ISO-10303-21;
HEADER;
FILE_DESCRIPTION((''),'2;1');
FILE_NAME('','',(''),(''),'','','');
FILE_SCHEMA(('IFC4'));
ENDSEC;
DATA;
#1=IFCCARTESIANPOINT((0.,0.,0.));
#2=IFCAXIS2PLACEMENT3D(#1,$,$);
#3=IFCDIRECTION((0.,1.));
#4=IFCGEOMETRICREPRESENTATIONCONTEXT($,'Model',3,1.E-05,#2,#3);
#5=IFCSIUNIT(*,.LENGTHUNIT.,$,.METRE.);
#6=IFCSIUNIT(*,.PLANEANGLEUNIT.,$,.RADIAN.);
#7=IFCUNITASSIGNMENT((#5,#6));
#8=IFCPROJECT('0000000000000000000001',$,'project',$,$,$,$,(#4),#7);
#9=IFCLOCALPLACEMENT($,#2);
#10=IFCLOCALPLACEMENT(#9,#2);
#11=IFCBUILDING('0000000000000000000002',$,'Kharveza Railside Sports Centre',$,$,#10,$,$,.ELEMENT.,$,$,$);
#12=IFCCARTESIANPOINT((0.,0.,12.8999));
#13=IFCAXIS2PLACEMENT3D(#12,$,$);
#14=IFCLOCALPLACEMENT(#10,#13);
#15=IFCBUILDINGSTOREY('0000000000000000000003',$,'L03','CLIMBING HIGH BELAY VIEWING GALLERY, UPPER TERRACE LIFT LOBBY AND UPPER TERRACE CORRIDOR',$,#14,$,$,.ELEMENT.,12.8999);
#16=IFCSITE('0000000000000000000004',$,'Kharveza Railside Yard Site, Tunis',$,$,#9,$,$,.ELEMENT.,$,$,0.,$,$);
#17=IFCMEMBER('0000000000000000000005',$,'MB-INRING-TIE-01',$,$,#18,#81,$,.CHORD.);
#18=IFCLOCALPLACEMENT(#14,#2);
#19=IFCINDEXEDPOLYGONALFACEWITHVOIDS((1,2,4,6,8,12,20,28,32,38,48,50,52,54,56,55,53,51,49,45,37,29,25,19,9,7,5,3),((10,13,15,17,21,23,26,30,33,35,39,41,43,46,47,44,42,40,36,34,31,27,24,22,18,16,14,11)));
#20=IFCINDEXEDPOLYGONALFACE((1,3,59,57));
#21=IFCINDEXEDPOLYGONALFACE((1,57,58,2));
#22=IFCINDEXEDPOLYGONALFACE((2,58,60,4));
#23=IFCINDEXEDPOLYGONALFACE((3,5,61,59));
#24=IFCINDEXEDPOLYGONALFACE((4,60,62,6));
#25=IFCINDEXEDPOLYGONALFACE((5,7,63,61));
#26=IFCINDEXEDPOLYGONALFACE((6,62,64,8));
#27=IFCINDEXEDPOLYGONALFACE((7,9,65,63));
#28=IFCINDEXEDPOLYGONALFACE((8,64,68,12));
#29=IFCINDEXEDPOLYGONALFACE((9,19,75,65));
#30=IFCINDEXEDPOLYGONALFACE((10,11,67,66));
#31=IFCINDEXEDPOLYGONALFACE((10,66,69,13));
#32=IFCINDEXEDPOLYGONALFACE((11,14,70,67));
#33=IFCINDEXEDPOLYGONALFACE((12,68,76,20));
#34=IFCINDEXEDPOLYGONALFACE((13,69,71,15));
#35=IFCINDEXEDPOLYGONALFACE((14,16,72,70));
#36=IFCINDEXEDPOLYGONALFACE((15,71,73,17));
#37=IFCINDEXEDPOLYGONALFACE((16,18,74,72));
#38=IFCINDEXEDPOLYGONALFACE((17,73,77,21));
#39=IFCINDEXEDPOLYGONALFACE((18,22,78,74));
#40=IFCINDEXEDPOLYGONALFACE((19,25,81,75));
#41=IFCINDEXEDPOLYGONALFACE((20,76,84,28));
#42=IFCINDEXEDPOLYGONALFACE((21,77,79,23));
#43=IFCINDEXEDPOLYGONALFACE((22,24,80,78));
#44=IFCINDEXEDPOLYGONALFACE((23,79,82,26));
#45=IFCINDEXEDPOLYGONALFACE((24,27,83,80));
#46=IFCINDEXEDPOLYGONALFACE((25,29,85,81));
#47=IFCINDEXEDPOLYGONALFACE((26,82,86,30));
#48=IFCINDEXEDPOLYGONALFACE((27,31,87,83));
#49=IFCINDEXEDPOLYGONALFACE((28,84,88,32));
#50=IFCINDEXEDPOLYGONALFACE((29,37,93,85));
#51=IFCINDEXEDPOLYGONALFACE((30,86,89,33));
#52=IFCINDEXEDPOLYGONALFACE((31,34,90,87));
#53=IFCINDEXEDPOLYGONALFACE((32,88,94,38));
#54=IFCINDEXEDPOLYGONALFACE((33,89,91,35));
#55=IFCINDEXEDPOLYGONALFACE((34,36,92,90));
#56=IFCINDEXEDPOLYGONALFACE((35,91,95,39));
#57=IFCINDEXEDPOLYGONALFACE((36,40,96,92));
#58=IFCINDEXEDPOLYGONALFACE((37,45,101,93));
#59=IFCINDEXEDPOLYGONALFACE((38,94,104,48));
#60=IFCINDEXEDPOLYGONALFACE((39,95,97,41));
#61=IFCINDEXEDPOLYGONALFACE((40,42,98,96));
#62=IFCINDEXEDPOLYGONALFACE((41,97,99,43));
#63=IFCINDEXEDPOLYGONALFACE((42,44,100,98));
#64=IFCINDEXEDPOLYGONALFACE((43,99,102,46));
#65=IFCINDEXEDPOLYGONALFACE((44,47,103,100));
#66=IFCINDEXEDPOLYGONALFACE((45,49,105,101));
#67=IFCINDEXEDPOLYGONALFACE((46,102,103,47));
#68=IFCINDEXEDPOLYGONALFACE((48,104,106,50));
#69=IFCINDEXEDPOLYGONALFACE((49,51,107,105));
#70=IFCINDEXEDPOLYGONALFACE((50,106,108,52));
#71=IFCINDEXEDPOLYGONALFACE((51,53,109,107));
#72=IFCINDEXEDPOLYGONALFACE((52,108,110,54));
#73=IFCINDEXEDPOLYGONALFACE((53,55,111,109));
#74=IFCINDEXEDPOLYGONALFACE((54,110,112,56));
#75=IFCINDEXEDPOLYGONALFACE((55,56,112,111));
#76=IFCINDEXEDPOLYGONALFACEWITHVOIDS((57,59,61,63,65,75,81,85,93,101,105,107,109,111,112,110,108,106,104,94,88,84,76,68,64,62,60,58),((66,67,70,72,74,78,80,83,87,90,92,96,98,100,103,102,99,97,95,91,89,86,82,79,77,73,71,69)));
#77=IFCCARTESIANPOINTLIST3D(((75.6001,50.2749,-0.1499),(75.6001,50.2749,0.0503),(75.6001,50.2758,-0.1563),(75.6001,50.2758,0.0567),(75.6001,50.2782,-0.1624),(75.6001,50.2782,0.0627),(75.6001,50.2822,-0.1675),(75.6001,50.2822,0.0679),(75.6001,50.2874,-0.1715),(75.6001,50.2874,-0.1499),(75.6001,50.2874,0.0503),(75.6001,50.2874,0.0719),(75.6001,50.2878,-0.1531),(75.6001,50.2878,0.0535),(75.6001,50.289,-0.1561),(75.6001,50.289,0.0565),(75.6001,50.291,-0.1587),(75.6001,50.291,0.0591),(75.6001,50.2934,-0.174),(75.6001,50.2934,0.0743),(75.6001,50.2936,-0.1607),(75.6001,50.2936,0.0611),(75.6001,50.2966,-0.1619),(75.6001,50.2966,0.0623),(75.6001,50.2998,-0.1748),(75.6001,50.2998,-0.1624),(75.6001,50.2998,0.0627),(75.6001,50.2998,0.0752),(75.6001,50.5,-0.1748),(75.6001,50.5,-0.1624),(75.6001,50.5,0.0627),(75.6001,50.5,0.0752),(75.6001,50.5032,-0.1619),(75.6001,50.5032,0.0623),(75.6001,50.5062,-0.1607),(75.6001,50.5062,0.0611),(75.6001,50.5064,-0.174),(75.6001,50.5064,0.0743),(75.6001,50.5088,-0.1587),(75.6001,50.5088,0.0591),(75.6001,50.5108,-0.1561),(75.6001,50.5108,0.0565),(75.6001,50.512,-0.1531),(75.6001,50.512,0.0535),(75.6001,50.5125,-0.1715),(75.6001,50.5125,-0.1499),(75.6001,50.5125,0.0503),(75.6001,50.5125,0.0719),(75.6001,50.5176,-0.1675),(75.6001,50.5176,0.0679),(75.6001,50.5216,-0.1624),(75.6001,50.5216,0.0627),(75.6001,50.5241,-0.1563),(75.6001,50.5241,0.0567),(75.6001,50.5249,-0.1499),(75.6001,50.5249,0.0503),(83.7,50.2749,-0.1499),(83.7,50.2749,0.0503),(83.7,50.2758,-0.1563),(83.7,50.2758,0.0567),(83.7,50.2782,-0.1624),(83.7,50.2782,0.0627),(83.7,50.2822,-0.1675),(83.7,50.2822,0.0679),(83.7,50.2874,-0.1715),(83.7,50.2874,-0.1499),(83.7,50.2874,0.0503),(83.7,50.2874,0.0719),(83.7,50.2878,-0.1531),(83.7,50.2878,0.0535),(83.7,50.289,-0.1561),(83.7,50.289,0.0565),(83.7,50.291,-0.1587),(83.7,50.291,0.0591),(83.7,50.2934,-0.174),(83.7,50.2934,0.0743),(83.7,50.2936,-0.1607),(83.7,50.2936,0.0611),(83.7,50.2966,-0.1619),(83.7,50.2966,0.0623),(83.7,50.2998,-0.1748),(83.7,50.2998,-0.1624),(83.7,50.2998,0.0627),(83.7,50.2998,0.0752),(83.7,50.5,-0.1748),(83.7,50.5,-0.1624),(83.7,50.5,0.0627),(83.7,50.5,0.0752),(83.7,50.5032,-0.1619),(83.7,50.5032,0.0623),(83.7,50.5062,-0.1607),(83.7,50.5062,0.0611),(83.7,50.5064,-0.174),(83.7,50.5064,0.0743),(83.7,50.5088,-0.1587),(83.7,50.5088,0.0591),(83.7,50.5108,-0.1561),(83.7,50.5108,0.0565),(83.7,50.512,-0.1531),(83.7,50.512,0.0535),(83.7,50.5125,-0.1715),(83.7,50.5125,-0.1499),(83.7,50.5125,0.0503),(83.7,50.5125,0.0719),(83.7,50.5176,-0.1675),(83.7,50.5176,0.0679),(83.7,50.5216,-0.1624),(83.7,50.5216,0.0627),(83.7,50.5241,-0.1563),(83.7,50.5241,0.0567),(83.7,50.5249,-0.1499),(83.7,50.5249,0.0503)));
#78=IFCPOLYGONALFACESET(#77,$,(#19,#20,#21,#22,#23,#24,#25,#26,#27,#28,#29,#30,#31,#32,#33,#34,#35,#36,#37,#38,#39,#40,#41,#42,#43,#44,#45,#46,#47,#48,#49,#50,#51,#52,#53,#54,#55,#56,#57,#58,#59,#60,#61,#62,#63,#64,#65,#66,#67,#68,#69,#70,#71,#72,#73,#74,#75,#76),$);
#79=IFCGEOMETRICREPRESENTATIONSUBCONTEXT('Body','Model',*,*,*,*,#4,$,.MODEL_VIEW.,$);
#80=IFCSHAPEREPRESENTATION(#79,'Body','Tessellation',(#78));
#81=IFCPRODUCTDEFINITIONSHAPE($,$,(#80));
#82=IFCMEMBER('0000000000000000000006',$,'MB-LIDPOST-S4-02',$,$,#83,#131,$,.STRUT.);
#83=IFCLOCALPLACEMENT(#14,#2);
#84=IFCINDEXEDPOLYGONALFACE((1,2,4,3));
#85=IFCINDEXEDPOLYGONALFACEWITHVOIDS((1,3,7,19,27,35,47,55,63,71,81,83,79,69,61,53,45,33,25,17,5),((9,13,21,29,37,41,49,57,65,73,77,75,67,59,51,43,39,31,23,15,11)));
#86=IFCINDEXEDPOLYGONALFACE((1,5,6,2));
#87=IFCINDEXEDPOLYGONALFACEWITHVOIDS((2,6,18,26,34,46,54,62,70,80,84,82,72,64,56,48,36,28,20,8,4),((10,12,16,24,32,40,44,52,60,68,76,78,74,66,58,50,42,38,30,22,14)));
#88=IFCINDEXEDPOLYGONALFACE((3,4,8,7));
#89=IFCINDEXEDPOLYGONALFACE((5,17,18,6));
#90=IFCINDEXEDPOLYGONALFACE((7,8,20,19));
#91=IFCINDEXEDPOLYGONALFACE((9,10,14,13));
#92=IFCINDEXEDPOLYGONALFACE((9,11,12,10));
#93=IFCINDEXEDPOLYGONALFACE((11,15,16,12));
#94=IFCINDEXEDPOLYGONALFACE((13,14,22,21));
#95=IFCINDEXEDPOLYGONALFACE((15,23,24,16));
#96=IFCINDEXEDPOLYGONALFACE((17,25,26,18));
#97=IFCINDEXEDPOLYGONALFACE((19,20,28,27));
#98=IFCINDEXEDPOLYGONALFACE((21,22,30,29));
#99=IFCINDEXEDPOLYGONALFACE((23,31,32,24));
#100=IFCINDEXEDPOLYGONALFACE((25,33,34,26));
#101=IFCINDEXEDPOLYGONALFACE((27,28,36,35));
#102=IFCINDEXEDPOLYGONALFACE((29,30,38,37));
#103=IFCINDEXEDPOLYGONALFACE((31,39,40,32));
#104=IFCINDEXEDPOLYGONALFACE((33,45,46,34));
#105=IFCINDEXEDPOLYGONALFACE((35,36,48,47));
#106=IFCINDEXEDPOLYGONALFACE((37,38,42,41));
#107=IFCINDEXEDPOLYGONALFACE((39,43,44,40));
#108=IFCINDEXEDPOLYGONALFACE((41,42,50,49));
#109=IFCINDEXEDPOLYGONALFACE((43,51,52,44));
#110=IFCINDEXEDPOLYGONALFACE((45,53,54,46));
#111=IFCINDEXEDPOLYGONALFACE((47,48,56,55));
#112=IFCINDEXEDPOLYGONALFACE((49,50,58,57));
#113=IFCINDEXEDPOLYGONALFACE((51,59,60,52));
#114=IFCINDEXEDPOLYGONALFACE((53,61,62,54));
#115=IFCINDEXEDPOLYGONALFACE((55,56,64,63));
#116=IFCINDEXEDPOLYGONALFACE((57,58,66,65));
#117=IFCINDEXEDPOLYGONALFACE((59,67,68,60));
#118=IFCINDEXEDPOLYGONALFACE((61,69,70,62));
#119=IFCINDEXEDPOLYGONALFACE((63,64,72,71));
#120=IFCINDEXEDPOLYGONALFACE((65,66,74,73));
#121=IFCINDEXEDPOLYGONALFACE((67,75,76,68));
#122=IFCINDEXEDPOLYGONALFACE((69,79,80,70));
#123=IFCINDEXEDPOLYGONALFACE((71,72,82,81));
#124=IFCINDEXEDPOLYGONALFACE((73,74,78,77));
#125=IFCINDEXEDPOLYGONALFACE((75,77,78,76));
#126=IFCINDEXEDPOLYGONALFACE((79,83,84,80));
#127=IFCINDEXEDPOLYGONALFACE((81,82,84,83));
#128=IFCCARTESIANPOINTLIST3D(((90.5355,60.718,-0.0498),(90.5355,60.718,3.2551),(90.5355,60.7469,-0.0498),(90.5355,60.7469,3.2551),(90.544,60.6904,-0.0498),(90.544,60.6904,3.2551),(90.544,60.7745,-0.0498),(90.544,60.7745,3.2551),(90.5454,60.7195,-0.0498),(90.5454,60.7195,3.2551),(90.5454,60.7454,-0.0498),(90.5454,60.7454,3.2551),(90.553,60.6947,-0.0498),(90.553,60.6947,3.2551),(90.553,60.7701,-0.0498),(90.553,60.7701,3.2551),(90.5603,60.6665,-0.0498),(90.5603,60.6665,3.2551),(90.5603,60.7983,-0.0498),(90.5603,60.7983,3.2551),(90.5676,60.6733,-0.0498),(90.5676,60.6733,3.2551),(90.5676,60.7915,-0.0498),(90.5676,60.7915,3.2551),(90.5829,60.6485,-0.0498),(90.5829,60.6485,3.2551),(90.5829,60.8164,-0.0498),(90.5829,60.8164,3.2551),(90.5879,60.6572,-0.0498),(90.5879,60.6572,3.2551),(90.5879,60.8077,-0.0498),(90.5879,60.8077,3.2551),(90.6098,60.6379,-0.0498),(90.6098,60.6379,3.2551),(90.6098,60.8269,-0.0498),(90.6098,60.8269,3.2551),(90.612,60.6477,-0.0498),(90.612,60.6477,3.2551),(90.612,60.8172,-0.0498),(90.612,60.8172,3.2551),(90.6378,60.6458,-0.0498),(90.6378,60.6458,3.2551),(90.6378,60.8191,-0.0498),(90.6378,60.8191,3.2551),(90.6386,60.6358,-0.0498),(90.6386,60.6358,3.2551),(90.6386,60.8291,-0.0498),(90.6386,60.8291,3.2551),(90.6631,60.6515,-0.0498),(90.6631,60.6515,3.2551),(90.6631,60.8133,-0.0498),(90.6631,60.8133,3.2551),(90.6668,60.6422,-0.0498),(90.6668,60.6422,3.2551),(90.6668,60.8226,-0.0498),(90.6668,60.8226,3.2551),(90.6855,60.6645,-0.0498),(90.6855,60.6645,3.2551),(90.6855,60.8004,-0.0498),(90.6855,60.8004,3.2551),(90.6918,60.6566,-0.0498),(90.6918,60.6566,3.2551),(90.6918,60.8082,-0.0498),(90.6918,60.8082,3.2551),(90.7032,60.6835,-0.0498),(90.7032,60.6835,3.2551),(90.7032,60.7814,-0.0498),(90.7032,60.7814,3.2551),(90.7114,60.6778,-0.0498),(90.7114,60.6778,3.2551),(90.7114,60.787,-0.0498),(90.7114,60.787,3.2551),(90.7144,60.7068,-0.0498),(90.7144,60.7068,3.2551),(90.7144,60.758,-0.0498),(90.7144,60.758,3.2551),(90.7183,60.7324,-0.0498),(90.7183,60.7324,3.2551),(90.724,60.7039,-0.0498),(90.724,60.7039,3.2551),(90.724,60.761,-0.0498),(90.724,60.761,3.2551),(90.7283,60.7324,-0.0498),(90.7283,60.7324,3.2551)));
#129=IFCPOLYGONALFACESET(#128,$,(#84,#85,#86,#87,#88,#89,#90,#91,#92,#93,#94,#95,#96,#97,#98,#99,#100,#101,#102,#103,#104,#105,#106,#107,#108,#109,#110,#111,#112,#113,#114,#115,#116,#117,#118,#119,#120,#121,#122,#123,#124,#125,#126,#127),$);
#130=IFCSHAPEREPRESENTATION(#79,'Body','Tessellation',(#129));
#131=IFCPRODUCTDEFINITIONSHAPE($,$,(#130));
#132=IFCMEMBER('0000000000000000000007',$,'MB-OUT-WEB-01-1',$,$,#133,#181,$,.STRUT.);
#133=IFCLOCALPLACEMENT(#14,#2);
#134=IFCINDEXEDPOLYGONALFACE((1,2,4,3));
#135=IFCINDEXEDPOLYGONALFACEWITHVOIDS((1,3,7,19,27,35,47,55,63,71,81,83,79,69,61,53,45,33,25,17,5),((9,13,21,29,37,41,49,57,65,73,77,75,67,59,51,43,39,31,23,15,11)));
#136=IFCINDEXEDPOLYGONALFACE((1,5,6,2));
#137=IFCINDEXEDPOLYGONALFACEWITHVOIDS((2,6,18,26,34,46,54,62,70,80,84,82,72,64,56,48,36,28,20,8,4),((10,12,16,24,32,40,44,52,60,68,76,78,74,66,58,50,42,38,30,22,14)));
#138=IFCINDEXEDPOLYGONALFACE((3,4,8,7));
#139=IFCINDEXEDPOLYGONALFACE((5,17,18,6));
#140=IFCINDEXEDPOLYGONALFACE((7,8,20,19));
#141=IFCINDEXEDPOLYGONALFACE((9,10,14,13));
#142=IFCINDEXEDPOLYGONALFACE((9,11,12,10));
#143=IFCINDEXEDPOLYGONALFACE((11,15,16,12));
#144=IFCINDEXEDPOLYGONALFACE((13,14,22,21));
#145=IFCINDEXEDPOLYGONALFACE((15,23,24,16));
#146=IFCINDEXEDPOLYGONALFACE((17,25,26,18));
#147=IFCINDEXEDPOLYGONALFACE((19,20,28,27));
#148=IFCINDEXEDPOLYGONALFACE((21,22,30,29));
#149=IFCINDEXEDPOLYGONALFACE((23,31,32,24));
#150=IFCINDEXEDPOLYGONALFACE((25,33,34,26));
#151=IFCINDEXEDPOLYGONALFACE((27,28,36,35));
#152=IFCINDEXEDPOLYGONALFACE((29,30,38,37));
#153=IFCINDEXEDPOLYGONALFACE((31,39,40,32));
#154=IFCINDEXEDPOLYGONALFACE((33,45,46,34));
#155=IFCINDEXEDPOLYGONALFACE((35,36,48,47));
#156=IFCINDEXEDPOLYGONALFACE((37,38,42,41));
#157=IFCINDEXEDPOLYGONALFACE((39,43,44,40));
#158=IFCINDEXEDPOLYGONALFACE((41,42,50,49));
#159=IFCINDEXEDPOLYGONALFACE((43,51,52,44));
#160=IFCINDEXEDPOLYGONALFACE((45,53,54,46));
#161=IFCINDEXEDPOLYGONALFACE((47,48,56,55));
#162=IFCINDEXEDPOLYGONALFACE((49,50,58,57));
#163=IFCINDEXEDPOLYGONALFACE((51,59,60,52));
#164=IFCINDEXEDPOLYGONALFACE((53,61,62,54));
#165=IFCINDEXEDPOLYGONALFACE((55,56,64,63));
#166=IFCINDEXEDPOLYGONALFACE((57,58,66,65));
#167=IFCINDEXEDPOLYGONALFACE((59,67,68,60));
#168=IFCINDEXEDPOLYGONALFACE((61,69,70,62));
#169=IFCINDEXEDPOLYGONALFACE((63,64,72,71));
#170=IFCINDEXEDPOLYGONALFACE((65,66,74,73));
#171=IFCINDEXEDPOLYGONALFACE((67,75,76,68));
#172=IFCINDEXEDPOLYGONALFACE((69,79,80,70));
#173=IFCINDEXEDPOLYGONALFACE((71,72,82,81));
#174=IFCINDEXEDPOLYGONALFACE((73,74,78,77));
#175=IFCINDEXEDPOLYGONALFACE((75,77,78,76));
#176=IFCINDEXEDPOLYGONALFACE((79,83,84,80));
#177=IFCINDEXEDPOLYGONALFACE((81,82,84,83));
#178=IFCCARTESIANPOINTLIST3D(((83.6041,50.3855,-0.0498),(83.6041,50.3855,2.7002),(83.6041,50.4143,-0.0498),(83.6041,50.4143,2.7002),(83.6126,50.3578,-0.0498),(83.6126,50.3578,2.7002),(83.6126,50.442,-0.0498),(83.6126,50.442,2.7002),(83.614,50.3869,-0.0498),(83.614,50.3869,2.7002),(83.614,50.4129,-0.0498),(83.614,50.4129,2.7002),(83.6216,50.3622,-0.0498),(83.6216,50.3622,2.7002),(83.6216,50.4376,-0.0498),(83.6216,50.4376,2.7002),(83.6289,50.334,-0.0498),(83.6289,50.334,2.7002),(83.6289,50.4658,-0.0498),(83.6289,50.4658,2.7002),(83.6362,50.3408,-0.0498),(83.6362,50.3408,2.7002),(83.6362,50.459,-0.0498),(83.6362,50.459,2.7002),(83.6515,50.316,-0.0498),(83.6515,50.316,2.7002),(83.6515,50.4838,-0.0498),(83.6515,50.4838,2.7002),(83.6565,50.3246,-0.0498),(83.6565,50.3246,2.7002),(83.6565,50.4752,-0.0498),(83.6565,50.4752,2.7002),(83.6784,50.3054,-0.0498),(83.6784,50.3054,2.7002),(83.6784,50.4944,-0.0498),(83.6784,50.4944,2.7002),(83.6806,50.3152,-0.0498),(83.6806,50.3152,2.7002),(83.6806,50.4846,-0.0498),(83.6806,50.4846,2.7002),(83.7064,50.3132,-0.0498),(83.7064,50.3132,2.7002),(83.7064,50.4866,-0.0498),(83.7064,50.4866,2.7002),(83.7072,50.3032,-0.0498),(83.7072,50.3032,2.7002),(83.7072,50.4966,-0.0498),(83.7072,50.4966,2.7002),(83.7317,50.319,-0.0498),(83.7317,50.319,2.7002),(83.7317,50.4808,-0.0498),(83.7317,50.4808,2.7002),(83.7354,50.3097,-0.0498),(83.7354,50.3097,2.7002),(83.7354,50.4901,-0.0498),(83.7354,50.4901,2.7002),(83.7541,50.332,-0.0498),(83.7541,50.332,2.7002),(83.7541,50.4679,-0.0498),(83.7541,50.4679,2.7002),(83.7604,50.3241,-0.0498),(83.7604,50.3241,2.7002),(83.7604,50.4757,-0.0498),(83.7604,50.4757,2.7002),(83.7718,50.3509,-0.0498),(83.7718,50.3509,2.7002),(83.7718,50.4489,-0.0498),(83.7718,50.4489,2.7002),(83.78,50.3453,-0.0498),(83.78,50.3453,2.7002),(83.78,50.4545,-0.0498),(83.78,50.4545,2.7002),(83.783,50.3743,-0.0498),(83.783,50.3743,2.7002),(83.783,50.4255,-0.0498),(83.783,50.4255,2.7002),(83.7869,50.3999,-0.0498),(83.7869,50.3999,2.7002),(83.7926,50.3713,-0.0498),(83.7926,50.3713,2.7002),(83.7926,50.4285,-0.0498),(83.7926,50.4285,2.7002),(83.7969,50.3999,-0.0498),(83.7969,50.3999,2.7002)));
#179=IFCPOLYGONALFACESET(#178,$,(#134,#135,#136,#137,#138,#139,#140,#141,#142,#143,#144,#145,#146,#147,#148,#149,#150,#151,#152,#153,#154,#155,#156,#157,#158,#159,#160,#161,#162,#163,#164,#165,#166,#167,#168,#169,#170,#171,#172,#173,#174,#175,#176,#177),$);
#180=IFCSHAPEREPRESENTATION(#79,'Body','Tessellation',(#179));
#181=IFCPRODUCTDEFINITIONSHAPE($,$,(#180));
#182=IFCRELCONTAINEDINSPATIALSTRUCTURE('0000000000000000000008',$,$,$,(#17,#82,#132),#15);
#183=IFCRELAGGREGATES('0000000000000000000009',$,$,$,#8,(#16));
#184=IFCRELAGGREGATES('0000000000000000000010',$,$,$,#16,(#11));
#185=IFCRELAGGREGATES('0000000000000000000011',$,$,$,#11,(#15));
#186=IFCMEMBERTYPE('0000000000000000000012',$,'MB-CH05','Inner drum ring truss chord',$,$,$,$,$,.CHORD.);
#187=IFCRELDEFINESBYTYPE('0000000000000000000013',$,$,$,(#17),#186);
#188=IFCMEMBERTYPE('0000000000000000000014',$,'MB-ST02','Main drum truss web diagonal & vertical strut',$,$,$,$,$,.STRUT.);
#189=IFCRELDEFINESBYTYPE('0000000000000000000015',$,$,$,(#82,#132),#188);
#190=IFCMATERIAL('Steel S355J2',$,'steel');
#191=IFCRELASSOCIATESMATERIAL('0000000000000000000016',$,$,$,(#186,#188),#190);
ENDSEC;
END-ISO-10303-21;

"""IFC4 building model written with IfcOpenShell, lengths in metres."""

from ifc_helpers import new_model, si_unit, direction, frame, origin, origin_2d, place, context, subcontext, project, spatial, hollow_rectangle, hollow_circle, extrude, material, material_profile, profile_set, type_object, element, save


model = new_model("IFC4")

# Units and contexts
model_context = context("Model", 3, precision=1e-05, world=origin(), true_north=direction((0.0, 1.0)))
body_context = subcontext(model_context, "Body", "Model", "MODEL_VIEW")
ifc_project = project(units=[si_unit("LENGTHUNIT", "METRE"), si_unit("PLANEANGLEUNIT", "RADIAN")], contexts=[model_context])

# Site, building, storey
site_placement = place(None, origin())
site = spatial("IfcSite", under=ifc_project, at=site_placement, Name="Kharveza Railside Yard Site, Tunis", CompositionType="ELEMENT", RefElevation=0.0)
building_placement = place(site_placement, origin())
building = spatial("IfcBuilding", under=site, at=building_placement, Name="Kharveza Railside Sports Centre", CompositionType="ELEMENT")
storey_placement = place(building_placement, frame((0.0, 0.0, 12.8999)))
storey = spatial("IfcBuildingStorey", under=building, at=storey_placement, Name="L03", Description="CLIMBING HIGH BELAY VIEWING GALLERY, UPPER TERRACE LIFT LOBBY AND UPPER TERRACE CORRIDOR", CompositionType="ELEMENT", Elevation=12.8999)

# Shared definitions
ifc_material_1 = material(Name="Steel S355J2", Category="steel")

# Members
ifc_material_profile_1 = material_profile(ifc_material_1, hollow_rectangle(XDim=0.25, YDim=0.25, WallThickness=0.0125, InnerFilletRadius=0.0125, OuterFilletRadius=0.0249, at=origin_2d()), Name="SHS 250x250x12.5")
ifc_profile_set_1 = profile_set([ifc_material_profile_1], Name="Steel S355J2")
member_type_1 = type_object("IfcMemberType", Name="MB-CH05", Description="Inner drum ring truss chord", PredefinedType="CHORD", material=ifc_profile_set_1)
member_1_placement = place(storey_placement, frame((83.7, 50.3999, -0.0498), z_axis=(-1.0, 0.0, 0.0), x_axis=(0.0, -1.0, 0.0)))
element("IfcMember", 1, at=member_1_placement, inside=storey, type_object=member_type_1, Name="MB-INRING-TIE-01", PredefinedType="CHORD", context=body_context, shape_type="SweptSolid", body=[
    extrude(hollow_rectangle(XDim=0.25, YDim=0.25, WallThickness=0.0125, InnerFilletRadius=0.0125, OuterFilletRadius=0.0249, at=origin_2d()), origin(), (0.0, 0.0, 1.0), 8.0999),
])
ifc_material_profile_2 = material_profile(ifc_material_1, hollow_circle(Radius=0.0969, WallThickness=0.01, at=origin_2d()), Name="CHS 193.7x10.0")
ifc_profile_set_2 = profile_set([ifc_material_profile_2], Name="Steel S355J2")
member_type_2 = type_object("IfcMemberType", Name="MB-ST02", Description="Main drum truss web diagonal & vertical strut", PredefinedType="STRUT", material=ifc_profile_set_2)
member_2_placement = place(storey_placement, frame((90.6313, 60.7324, -0.0498), z_axis=(0.0, 0.0, 1.0), x_axis=(1.0, 0.0, 0.0)))
element("IfcMember", 2, at=member_2_placement, inside=storey, type_object=member_type_2, Name="MB-LIDPOST-S4-02", PredefinedType="STRUT", context=body_context, shape_type="SweptSolid", body=[
    extrude(hollow_circle(Radius=0.0969, WallThickness=0.01, at=origin_2d()), origin(), (0.0, 0.0, 1.0), 3.3049),
])
member_3_placement = place(storey_placement, frame((83.7, 50.3999, -0.0498), z_axis=(0.0, 0.0, 1.0), x_axis=(1.0, 0.0, 0.0)))
element("IfcMember", 3, at=member_3_placement, inside=storey, type_object=member_type_2, Name="MB-OUT-WEB-01-1", PredefinedType="STRUT", context=body_context, shape_type="SweptSolid", body=[
    extrude(hollow_circle(Radius=0.0969, WallThickness=0.01, at=origin_2d()), origin(), (0.0, 0.0, 1.0), 2.75),
])

save(model, "model.ifc")
